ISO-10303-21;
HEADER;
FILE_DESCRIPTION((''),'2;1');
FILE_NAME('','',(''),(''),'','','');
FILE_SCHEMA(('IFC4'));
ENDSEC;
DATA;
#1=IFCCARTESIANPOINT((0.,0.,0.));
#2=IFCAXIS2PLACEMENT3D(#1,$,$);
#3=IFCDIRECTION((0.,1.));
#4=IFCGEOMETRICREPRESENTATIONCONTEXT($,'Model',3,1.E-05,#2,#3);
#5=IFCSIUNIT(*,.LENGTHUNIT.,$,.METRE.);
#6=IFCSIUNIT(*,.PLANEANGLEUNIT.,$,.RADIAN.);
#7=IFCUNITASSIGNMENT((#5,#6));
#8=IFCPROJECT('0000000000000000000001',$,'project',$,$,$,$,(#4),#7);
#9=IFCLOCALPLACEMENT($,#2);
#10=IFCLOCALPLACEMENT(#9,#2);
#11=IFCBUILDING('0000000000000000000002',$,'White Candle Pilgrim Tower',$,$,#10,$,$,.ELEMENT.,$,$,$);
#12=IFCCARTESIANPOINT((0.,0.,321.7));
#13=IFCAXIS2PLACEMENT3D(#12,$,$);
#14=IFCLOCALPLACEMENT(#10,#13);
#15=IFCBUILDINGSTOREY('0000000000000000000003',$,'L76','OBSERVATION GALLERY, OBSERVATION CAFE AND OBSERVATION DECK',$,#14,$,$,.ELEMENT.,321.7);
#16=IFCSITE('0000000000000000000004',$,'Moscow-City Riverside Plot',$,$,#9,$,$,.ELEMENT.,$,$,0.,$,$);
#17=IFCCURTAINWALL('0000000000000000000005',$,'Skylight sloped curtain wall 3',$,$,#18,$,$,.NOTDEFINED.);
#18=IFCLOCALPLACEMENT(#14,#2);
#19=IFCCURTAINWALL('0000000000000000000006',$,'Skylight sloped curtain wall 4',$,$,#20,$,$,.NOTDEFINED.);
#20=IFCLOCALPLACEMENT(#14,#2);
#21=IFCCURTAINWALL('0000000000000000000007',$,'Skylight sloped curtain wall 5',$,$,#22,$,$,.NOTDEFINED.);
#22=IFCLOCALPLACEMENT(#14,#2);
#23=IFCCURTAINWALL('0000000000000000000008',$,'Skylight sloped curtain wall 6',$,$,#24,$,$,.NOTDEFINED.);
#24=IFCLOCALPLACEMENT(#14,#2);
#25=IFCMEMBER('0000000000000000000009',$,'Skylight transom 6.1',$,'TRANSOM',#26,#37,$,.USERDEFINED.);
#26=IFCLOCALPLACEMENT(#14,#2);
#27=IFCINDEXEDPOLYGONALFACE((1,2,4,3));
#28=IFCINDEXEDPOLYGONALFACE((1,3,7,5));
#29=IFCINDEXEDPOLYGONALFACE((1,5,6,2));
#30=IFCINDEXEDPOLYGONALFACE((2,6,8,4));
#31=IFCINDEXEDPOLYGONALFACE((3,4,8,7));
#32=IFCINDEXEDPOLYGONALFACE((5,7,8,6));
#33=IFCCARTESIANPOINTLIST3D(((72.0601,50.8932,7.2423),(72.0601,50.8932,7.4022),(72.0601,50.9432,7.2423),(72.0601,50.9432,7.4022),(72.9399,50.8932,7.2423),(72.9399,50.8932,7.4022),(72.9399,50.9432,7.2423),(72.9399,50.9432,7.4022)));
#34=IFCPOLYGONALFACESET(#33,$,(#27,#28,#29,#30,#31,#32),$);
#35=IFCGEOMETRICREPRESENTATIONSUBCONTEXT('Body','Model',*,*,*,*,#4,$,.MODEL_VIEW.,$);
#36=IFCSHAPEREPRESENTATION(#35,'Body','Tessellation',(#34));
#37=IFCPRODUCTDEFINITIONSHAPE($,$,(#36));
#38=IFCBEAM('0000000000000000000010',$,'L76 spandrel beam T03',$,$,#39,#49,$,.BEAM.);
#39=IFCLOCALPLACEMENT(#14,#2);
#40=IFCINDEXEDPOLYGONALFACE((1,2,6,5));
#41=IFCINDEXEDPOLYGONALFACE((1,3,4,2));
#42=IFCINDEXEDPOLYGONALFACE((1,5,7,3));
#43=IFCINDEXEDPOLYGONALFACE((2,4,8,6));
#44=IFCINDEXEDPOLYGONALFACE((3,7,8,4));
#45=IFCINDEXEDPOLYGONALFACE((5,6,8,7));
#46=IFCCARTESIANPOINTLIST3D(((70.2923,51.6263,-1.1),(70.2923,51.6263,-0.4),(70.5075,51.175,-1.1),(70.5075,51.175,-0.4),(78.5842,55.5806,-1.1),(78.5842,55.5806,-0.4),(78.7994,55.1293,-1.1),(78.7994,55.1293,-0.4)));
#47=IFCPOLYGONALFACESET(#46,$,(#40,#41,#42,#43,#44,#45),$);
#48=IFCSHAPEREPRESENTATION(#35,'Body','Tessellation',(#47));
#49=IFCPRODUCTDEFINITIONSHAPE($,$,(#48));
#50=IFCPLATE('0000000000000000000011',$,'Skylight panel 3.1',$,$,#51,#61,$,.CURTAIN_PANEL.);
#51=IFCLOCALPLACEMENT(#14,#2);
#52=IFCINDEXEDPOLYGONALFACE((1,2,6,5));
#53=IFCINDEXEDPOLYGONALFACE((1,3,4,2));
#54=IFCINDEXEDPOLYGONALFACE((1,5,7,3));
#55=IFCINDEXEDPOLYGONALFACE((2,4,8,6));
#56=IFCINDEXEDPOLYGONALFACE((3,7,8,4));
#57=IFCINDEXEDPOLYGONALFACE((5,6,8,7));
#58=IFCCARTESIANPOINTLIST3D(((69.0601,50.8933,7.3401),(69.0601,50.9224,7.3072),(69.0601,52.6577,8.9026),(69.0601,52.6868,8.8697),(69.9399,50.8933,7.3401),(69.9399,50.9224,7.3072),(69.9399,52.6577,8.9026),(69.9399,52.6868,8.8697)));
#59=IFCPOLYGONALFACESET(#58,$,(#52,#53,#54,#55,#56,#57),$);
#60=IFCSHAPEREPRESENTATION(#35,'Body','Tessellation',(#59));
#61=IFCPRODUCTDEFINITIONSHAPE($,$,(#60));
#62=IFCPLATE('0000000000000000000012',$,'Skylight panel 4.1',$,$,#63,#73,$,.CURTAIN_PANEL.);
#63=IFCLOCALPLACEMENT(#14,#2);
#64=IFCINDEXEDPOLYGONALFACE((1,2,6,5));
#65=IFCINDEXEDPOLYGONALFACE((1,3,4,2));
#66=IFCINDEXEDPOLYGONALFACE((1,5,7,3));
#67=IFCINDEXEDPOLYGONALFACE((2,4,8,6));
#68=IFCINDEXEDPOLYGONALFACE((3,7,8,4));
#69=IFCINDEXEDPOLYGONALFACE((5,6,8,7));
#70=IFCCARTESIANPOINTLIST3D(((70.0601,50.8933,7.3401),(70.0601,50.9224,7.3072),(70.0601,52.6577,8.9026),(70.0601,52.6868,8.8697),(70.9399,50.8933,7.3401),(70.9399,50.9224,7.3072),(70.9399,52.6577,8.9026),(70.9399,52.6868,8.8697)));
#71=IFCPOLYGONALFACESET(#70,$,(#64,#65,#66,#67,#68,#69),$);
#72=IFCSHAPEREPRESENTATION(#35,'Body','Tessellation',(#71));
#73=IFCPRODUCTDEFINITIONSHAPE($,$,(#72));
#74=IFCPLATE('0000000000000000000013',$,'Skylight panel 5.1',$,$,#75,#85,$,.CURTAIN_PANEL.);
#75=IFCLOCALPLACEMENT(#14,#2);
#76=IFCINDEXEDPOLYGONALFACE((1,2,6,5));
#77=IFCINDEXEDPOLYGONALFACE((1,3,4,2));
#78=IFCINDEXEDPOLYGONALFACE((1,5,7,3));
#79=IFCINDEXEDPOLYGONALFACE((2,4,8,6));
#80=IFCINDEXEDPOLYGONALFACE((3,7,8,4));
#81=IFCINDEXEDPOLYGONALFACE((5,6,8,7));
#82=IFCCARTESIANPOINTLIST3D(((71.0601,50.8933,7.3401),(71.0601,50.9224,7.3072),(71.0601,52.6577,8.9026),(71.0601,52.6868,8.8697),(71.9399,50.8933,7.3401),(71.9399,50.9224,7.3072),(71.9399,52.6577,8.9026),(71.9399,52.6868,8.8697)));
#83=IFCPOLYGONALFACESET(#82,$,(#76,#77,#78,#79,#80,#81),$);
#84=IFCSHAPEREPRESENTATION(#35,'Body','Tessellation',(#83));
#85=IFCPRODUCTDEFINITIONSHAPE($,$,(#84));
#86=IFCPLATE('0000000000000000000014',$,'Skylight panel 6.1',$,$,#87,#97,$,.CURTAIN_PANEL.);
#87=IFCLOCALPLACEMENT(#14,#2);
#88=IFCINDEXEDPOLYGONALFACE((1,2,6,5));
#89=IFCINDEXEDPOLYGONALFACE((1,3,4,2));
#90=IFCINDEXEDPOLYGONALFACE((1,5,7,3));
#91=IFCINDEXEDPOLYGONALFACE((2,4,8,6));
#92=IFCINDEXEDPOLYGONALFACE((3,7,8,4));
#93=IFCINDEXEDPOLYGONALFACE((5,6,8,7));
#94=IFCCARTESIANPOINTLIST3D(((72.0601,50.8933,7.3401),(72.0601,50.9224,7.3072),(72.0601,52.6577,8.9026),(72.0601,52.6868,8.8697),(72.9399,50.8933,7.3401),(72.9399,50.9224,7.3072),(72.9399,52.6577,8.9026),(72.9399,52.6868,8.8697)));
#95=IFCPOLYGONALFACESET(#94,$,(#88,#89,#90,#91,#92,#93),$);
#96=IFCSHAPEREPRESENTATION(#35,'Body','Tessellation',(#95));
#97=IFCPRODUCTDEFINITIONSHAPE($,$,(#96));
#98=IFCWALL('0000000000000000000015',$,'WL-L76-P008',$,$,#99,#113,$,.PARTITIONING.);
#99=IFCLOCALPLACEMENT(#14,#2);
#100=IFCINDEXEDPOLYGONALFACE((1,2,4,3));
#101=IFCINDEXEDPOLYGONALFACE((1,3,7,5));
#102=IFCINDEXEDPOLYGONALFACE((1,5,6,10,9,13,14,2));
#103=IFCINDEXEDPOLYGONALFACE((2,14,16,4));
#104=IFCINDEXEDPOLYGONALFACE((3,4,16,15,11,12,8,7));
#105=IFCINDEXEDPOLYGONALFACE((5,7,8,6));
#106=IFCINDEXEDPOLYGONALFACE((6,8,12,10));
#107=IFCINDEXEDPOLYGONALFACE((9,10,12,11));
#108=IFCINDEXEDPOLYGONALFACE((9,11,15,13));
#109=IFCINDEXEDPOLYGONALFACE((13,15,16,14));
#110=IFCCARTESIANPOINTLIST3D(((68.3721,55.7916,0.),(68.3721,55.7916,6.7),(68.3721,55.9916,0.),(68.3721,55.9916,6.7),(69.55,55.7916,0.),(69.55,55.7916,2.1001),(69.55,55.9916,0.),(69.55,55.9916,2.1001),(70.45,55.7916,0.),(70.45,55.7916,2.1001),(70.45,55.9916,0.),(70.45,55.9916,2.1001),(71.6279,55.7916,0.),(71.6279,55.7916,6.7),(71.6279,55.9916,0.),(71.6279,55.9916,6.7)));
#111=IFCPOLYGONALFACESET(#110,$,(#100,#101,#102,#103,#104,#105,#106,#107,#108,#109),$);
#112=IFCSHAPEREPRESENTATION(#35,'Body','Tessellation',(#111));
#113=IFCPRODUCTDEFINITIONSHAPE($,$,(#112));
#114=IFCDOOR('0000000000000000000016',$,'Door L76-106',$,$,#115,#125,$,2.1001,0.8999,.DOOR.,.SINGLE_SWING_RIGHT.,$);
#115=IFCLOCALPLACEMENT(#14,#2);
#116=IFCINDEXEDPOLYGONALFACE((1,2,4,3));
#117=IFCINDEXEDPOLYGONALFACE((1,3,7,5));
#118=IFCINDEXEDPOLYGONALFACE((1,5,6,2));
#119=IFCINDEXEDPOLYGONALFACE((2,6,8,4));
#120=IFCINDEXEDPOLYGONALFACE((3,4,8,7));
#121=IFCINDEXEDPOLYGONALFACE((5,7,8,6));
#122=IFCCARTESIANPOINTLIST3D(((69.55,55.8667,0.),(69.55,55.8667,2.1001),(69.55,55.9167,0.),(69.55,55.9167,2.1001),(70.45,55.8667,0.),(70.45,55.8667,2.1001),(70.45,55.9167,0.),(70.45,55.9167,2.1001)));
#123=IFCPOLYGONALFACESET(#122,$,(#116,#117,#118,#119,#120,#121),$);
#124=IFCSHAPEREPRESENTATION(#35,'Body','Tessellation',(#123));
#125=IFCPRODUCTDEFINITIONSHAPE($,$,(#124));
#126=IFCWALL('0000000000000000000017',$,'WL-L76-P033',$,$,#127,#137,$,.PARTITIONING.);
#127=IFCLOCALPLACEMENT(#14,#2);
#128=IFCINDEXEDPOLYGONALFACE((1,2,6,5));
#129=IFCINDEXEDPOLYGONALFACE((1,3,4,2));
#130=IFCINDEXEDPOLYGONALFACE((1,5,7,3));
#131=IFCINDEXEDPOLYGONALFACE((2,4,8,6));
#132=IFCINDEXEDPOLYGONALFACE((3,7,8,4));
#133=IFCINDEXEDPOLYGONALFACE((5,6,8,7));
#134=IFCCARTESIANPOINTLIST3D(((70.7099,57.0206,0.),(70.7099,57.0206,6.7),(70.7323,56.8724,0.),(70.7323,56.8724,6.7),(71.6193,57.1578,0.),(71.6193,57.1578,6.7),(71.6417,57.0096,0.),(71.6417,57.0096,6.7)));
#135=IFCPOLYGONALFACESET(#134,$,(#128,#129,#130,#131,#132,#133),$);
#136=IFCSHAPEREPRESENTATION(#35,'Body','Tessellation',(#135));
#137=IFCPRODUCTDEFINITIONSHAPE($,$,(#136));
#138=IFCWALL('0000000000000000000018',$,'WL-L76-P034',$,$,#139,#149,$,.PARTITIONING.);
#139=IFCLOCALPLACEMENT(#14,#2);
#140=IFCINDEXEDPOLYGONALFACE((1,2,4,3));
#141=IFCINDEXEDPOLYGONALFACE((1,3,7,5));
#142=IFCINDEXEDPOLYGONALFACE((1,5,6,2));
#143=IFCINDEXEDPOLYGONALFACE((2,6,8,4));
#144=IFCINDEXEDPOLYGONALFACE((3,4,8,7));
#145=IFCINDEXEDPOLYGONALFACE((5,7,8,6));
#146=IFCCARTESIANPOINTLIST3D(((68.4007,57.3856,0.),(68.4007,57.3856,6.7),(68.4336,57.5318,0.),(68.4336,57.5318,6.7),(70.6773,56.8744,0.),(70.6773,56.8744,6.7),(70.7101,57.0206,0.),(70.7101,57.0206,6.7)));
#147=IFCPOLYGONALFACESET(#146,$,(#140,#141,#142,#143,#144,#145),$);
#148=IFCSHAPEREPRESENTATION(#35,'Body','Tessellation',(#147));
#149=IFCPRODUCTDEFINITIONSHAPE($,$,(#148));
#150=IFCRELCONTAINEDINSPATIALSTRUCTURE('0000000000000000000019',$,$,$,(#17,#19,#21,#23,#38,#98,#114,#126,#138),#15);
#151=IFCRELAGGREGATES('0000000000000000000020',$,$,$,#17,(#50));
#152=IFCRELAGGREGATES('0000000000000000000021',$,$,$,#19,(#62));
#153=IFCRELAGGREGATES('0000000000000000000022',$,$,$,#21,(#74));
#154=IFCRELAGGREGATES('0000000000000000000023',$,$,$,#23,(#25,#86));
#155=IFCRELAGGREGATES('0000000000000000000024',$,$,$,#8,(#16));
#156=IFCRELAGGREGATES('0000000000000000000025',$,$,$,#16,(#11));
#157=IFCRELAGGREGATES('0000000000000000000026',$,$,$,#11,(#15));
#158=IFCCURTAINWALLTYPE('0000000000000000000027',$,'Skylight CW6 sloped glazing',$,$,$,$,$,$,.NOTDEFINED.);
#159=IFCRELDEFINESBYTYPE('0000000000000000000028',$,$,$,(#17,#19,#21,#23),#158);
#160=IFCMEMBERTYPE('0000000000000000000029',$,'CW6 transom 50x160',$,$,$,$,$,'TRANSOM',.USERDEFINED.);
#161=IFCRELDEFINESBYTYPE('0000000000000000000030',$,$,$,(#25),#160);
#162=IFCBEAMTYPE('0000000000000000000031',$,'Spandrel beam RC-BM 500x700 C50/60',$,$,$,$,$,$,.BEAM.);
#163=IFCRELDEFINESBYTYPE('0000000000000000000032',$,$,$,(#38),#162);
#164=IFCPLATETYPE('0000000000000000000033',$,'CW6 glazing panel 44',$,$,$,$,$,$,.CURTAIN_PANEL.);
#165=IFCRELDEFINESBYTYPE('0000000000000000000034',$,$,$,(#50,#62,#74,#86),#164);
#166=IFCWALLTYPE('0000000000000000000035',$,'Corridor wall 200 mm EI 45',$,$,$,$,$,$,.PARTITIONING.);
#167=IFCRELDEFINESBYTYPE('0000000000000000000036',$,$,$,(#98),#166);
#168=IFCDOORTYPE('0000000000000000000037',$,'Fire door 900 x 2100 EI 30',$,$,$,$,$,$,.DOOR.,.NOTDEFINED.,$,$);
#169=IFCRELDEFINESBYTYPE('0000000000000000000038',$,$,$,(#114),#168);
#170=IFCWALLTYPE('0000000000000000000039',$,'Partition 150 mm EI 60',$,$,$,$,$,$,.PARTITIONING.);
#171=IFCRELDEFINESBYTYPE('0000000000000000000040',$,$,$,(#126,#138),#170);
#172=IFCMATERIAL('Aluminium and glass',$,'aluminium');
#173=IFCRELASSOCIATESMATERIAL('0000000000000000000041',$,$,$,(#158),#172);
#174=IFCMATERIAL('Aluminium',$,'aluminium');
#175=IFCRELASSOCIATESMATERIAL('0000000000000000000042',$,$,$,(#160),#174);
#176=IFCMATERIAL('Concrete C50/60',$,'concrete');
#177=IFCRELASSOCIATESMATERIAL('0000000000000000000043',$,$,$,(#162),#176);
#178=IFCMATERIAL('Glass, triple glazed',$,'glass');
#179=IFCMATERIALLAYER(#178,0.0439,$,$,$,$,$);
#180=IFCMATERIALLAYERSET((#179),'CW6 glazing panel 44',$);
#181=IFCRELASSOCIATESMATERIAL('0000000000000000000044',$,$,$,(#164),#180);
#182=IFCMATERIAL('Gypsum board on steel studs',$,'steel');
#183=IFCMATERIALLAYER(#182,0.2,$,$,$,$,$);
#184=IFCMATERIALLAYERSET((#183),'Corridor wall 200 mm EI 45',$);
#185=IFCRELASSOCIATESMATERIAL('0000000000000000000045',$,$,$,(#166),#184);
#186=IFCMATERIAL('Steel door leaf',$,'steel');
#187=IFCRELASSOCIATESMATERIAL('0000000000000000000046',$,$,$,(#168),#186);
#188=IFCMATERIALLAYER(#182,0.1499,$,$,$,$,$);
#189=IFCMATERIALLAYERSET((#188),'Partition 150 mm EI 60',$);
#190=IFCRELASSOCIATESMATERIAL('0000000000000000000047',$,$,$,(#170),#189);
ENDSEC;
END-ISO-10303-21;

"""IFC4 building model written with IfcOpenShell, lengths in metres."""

from ifc_helpers import new_model, si_unit, direction, frame, frame_2d, origin, origin_2d, place, context, subcontext, project, spatial, polyline, rectangle, outline, extrude, material, layer, layer_set, material_profile, profile_set, type_object, element, fill, aggregate, save


model = new_model("IFC4")

# Units and contexts
model_context = context("Model", 3, precision=1e-05, world=origin(), true_north=direction((0.0, 1.0)))
body_context = subcontext(model_context, "Body", "Model", "MODEL_VIEW")
ifc_project = project(units=[si_unit("LENGTHUNIT", "METRE"), si_unit("PLANEANGLEUNIT", "RADIAN")], contexts=[model_context])

# Site, building, storey
site_placement = place(None, origin())
site = spatial("IfcSite", under=ifc_project, at=site_placement, Name="Moscow-City Riverside Plot", CompositionType="ELEMENT", RefElevation=0.0)
building_placement = place(site_placement, origin())
building = spatial("IfcBuilding", under=site, at=building_placement, Name="White Candle Pilgrim Tower", CompositionType="ELEMENT")
storey_placement = place(building_placement, frame((0.0, 0.0, 321.7)))
storey = spatial("IfcBuildingStorey", under=building, at=storey_placement, Name="L76", Description="OBSERVATION GALLERY, OBSERVATION CAFE AND OBSERVATION DECK", CompositionType="ELEMENT", Elevation=321.7)

# Curtain wall
ifc_material_1 = material(Name="Aluminium and glass", Category="aluminium")
curtain_wall_type = type_object("IfcCurtainWallType", Name="Skylight CW6 sloped glazing", PredefinedType="NOTDEFINED", material=ifc_material_1)
curtain_wall_1_placement = place(storey_placement, origin())
curtain_wall_1 = element("IfcCurtainWall", 1, at=curtain_wall_1_placement, inside=storey, type_object=curtain_wall_type, Name="Skylight sloped curtain wall 3", PredefinedType="NOTDEFINED")
ifc_material_2 = material(Name="Aluminium", Category="aluminium")

# Curtain walls
curtain_wall_2_placement = place(storey_placement, origin())
curtain_wall_2 = element("IfcCurtainWall", 2, at=curtain_wall_2_placement, inside=storey, type_object=curtain_wall_type, Name="Skylight sloped curtain wall 4", PredefinedType="NOTDEFINED")
curtain_wall_3_placement = place(storey_placement, origin())
curtain_wall_3 = element("IfcCurtainWall", 3, at=curtain_wall_3_placement, inside=storey, type_object=curtain_wall_type, Name="Skylight sloped curtain wall 5", PredefinedType="NOTDEFINED")

# Curtain wall
curtain_wall_4_placement = place(storey_placement, origin())
curtain_wall_4 = element("IfcCurtainWall", 4, at=curtain_wall_4_placement, inside=storey, type_object=curtain_wall_type, Name="Skylight sloped curtain wall 6", PredefinedType="NOTDEFINED")

# Member
ifc_material_profile_1 = material_profile(ifc_material_2, rectangle(XDim=0.05, YDim=0.1599, at=origin_2d()), Name="CW6 transom 50x160")
ifc_profile_set_1 = profile_set([ifc_material_profile_1], Name="Aluminium")
member_type_1 = type_object("IfcMemberType", Name="CW6 transom 50x160", ElementType="TRANSOM", PredefinedType="USERDEFINED", material=ifc_profile_set_1)
member_1_placement = place(storey_placement, frame((72.0601, 50.9182, 7.3223), z_axis=(1.0, 0.0, 0.0), x_axis=(0.0, 1.0, 0.0)))
member_1 = element("IfcMember", 5, at=member_1_placement, type_object=member_type_1, Name="Skylight transom 6.1", ObjectType="TRANSOM", PredefinedType="USERDEFINED", context=body_context, shape_type="SweptSolid", body=[
    extrude(rectangle(XDim=0.05, YDim=0.1599, at=origin_2d()), origin(), (0.0, 0.0, 1.0), 0.8799),
])

# Beam
ifc_material_3 = material(Name="Concrete C50/60", Category="concrete")
ifc_material_profile_2 = material_profile(ifc_material_3, rectangle(XDim=0.5, YDim=0.7, at=origin_2d()), Name="RC-BM 500x700")
ifc_profile_set_2 = profile_set([ifc_material_profile_2], Name="Concrete C50/60")
beam_type = type_object("IfcBeamType", Name="Spandrel beam RC-BM 500x700 C50/60", PredefinedType="BEAM", material=ifc_profile_set_2)
beam_placement = place(storey_placement, frame((70.3999, 51.4006, -0.75), z_axis=(0.902616, 0.430446, 0.0), x_axis=(-0.430446, 0.902616, 0.0)))
element("IfcBeam", 6, at=beam_placement, inside=storey, type_object=beam_type, Name="L76 spandrel beam T03", PredefinedType="BEAM", context=body_context, shape_type="SweptSolid", body=[
    extrude(rectangle(XDim=0.5, YDim=0.7, at=origin_2d()), origin(), (0.0, 0.0, 1.0), 9.1865),
])

# Plates
ifc_material_4 = material(Name="Glass, triple glazed", Category="glass")
ifc_layer_1 = layer(ifc_material_4, 0.0439)
ifc_layer_set_1 = layer_set([ifc_layer_1], Name="CW6 glazing panel 44")
plate_type = type_object("IfcPlateType", Name="CW6 glazing panel 44", PredefinedType="CURTAIN_PANEL", material=ifc_layer_set_1)
plate_1_placement = place(storey_placement, frame((69.0601, 50.8933, 7.3401), z_axis=(0.0, -0.662974, 0.748643), x_axis=(1.0, 0.0, 0.0)))
plate_1 = element("IfcPlate", 7, at=plate_1_placement, type_object=plate_type, Name="Skylight panel 3.1", PredefinedType="CURTAIN_PANEL", context=body_context, shape_type="SweptSolid", body=[
    extrude(outline(polyline([(0.0, 0.0), (0.8799, 0.0), (0.8799, 2.3568), (0.0, 2.3568), (0.0, 0.0)])), origin(), (0.0, 0.0, -1.0), 0.0439),
])
aggregate(curtain_wall_1, [plate_1])
plate_2_placement = place(storey_placement, frame((70.0601, 50.8933, 7.3401), z_axis=(0.0, -0.662974, 0.748643), x_axis=(1.0, 0.0, 0.0)))
plate_2 = element("IfcPlate", 8, at=plate_2_placement, type_object=plate_type, Name="Skylight panel 4.1", PredefinedType="CURTAIN_PANEL", context=body_context, shape_type="SweptSolid", body=[
    extrude(outline(polyline([(0.0, 0.0), (0.8799, 0.0), (0.8799, 2.3568), (0.0, 2.3568), (0.0, 0.0)])), origin(), (0.0, 0.0, -1.0), 0.0439),
])
aggregate(curtain_wall_2, [plate_2])
plate_3_placement = place(storey_placement, frame((71.0601, 50.8933, 7.3401), z_axis=(0.0, -0.662974, 0.748643), x_axis=(1.0, 0.0, 0.0)))
plate_3 = element("IfcPlate", 9, at=plate_3_placement, type_object=plate_type, Name="Skylight panel 5.1", PredefinedType="CURTAIN_PANEL", context=body_context, shape_type="SweptSolid", body=[
    extrude(outline(polyline([(0.0, 0.0), (0.8799, 0.0), (0.8799, 2.3568), (0.0, 2.3568), (0.0, 0.0)])), origin(), (0.0, 0.0, -1.0), 0.0439),
])
aggregate(curtain_wall_3, [plate_3])
plate_4_placement = place(storey_placement, frame((72.0601, 50.8933, 7.3401), z_axis=(0.0, -0.662974, 0.748643), x_axis=(1.0, 0.0, 0.0)))
plate_4 = element("IfcPlate", 10, at=plate_4_placement, type_object=plate_type, Name="Skylight panel 6.1", PredefinedType="CURTAIN_PANEL", context=body_context, shape_type="SweptSolid", body=[
    extrude(outline(polyline([(0.0, 0.0), (0.8799, 0.0), (0.8799, 2.3568), (0.0, 2.3568), (0.0, 0.0)])), origin(), (0.0, 0.0, -1.0), 0.0439),
])
aggregate(curtain_wall_4, [member_1, plate_4])

# Wall, opening, door
ifc_material_5 = material(Name="Gypsum board on steel studs", Category="steel")
ifc_layer_2 = layer(ifc_material_5, 0.2)
ifc_layer_set_2 = layer_set([ifc_layer_2], Name="Corridor wall 200 mm EI 45")
wall_type_1 = type_object("IfcWallType", Name="Corridor wall 200 mm EI 45", PredefinedType="PARTITIONING", material=ifc_layer_set_2)
wall_1_placement = place(storey_placement, frame((71.6279, 55.8916, 0.0), z_axis=(0.0, 0.0, 1.0), x_axis=(-1.0, 0.0, 0.0)))
wall_1 = element("IfcWall", 11, at=wall_1_placement, inside=storey, type_object=wall_type_1, Name="WL-L76-P008", PredefinedType="PARTITIONING", context=body_context, shape_type="SweptSolid", body=[
    extrude(rectangle(XDim=3.2559, YDim=0.2, at=frame_2d((1.6279, 0.0))), origin(), (0.0, 0.0, 1.0), 6.7),
])
opening_placement = place(wall_1_placement, frame((1.178, 0.0, 0.0)))
opening = element("IfcOpeningElement", 12, at=opening_placement, cuts=wall_1, PredefinedType="OPENING", context=body_context, shape_type="SweptSolid", body=[
    extrude(rectangle(XDim=0.8999, YDim=2.1001, at=frame_2d((0.45, 1.05))), frame((0.0, 0.1099, 0.0), z_axis=(0.0, -1.0, 0.0), x_axis=(1.0, 0.0, 0.0)), (0.0, 0.0, 1.0), 0.22),
])
ifc_material_6 = material(Name="Steel door leaf", Category="steel")
door_type = type_object("IfcDoorType", Name="Fire door 900 x 2100 EI 30", OperationType="NOTDEFINED", PredefinedType="DOOR", material=ifc_material_6)
door_placement = place(opening_placement, origin())
door = element("IfcDoor", 13, at=door_placement, inside=storey, type_object=door_type, Name="Door L76-106", OperationType="SINGLE_SWING_RIGHT", OverallHeight=2.1001, OverallWidth=0.8999, PredefinedType="DOOR", context=body_context, shape_type="SweptSolid", body=[
    extrude(rectangle(XDim=0.8999, YDim=2.1001, at=frame_2d((0.45, 1.05))), frame((0.0, 0.0249, 0.0), z_axis=(0.0, -1.0, 0.0), x_axis=(1.0, 0.0, 0.0)), (0.0, 0.0, 1.0), 0.05),
])
fill(opening, door)

# Walls
ifc_layer_3 = layer(ifc_material_5, 0.1499)
ifc_layer_set_3 = layer_set([ifc_layer_3], Name="Partition 150 mm EI 60")
wall_type_2 = type_object("IfcWallType", Name="Partition 150 mm EI 60", PredefinedType="PARTITIONING", material=ifc_layer_set_3)
wall_2_placement = place(storey_placement, frame((71.6306, 57.0837, 0.0), z_axis=(0.0, 0.0, 1.0), x_axis=(-0.988809, -0.149184, 0.0)))
element("IfcWall", 14, at=wall_2_placement, inside=storey, type_object=wall_type_2, Name="WL-L76-P033", PredefinedType="PARTITIONING", context=body_context, shape_type="SweptSolid", body=[
    extrude(rectangle(XDim=0.9197, YDim=0.1499, at=frame_2d((0.46, 0.0))), origin(), (0.0, 0.0, 1.0), 6.7),
])
wall_3_placement = place(storey_placement, frame((70.6936, 56.9475, 0.0), z_axis=(0.0, 0.0, 1.0), x_axis=(-0.975702, 0.219101, 0.0)))
element("IfcWall", 15, at=wall_3_placement, inside=storey, type_object=wall_type_2, Name="WL-L76-P034", PredefinedType="PARTITIONING", context=body_context, shape_type="SweptSolid", body=[
    extrude(rectangle(XDim=2.3333, YDim=0.1499, at=frame_2d((1.1665, 0.0))), origin(), (0.0, 0.0, 1.0), 6.7),
])

save(model, "model.ifc")
